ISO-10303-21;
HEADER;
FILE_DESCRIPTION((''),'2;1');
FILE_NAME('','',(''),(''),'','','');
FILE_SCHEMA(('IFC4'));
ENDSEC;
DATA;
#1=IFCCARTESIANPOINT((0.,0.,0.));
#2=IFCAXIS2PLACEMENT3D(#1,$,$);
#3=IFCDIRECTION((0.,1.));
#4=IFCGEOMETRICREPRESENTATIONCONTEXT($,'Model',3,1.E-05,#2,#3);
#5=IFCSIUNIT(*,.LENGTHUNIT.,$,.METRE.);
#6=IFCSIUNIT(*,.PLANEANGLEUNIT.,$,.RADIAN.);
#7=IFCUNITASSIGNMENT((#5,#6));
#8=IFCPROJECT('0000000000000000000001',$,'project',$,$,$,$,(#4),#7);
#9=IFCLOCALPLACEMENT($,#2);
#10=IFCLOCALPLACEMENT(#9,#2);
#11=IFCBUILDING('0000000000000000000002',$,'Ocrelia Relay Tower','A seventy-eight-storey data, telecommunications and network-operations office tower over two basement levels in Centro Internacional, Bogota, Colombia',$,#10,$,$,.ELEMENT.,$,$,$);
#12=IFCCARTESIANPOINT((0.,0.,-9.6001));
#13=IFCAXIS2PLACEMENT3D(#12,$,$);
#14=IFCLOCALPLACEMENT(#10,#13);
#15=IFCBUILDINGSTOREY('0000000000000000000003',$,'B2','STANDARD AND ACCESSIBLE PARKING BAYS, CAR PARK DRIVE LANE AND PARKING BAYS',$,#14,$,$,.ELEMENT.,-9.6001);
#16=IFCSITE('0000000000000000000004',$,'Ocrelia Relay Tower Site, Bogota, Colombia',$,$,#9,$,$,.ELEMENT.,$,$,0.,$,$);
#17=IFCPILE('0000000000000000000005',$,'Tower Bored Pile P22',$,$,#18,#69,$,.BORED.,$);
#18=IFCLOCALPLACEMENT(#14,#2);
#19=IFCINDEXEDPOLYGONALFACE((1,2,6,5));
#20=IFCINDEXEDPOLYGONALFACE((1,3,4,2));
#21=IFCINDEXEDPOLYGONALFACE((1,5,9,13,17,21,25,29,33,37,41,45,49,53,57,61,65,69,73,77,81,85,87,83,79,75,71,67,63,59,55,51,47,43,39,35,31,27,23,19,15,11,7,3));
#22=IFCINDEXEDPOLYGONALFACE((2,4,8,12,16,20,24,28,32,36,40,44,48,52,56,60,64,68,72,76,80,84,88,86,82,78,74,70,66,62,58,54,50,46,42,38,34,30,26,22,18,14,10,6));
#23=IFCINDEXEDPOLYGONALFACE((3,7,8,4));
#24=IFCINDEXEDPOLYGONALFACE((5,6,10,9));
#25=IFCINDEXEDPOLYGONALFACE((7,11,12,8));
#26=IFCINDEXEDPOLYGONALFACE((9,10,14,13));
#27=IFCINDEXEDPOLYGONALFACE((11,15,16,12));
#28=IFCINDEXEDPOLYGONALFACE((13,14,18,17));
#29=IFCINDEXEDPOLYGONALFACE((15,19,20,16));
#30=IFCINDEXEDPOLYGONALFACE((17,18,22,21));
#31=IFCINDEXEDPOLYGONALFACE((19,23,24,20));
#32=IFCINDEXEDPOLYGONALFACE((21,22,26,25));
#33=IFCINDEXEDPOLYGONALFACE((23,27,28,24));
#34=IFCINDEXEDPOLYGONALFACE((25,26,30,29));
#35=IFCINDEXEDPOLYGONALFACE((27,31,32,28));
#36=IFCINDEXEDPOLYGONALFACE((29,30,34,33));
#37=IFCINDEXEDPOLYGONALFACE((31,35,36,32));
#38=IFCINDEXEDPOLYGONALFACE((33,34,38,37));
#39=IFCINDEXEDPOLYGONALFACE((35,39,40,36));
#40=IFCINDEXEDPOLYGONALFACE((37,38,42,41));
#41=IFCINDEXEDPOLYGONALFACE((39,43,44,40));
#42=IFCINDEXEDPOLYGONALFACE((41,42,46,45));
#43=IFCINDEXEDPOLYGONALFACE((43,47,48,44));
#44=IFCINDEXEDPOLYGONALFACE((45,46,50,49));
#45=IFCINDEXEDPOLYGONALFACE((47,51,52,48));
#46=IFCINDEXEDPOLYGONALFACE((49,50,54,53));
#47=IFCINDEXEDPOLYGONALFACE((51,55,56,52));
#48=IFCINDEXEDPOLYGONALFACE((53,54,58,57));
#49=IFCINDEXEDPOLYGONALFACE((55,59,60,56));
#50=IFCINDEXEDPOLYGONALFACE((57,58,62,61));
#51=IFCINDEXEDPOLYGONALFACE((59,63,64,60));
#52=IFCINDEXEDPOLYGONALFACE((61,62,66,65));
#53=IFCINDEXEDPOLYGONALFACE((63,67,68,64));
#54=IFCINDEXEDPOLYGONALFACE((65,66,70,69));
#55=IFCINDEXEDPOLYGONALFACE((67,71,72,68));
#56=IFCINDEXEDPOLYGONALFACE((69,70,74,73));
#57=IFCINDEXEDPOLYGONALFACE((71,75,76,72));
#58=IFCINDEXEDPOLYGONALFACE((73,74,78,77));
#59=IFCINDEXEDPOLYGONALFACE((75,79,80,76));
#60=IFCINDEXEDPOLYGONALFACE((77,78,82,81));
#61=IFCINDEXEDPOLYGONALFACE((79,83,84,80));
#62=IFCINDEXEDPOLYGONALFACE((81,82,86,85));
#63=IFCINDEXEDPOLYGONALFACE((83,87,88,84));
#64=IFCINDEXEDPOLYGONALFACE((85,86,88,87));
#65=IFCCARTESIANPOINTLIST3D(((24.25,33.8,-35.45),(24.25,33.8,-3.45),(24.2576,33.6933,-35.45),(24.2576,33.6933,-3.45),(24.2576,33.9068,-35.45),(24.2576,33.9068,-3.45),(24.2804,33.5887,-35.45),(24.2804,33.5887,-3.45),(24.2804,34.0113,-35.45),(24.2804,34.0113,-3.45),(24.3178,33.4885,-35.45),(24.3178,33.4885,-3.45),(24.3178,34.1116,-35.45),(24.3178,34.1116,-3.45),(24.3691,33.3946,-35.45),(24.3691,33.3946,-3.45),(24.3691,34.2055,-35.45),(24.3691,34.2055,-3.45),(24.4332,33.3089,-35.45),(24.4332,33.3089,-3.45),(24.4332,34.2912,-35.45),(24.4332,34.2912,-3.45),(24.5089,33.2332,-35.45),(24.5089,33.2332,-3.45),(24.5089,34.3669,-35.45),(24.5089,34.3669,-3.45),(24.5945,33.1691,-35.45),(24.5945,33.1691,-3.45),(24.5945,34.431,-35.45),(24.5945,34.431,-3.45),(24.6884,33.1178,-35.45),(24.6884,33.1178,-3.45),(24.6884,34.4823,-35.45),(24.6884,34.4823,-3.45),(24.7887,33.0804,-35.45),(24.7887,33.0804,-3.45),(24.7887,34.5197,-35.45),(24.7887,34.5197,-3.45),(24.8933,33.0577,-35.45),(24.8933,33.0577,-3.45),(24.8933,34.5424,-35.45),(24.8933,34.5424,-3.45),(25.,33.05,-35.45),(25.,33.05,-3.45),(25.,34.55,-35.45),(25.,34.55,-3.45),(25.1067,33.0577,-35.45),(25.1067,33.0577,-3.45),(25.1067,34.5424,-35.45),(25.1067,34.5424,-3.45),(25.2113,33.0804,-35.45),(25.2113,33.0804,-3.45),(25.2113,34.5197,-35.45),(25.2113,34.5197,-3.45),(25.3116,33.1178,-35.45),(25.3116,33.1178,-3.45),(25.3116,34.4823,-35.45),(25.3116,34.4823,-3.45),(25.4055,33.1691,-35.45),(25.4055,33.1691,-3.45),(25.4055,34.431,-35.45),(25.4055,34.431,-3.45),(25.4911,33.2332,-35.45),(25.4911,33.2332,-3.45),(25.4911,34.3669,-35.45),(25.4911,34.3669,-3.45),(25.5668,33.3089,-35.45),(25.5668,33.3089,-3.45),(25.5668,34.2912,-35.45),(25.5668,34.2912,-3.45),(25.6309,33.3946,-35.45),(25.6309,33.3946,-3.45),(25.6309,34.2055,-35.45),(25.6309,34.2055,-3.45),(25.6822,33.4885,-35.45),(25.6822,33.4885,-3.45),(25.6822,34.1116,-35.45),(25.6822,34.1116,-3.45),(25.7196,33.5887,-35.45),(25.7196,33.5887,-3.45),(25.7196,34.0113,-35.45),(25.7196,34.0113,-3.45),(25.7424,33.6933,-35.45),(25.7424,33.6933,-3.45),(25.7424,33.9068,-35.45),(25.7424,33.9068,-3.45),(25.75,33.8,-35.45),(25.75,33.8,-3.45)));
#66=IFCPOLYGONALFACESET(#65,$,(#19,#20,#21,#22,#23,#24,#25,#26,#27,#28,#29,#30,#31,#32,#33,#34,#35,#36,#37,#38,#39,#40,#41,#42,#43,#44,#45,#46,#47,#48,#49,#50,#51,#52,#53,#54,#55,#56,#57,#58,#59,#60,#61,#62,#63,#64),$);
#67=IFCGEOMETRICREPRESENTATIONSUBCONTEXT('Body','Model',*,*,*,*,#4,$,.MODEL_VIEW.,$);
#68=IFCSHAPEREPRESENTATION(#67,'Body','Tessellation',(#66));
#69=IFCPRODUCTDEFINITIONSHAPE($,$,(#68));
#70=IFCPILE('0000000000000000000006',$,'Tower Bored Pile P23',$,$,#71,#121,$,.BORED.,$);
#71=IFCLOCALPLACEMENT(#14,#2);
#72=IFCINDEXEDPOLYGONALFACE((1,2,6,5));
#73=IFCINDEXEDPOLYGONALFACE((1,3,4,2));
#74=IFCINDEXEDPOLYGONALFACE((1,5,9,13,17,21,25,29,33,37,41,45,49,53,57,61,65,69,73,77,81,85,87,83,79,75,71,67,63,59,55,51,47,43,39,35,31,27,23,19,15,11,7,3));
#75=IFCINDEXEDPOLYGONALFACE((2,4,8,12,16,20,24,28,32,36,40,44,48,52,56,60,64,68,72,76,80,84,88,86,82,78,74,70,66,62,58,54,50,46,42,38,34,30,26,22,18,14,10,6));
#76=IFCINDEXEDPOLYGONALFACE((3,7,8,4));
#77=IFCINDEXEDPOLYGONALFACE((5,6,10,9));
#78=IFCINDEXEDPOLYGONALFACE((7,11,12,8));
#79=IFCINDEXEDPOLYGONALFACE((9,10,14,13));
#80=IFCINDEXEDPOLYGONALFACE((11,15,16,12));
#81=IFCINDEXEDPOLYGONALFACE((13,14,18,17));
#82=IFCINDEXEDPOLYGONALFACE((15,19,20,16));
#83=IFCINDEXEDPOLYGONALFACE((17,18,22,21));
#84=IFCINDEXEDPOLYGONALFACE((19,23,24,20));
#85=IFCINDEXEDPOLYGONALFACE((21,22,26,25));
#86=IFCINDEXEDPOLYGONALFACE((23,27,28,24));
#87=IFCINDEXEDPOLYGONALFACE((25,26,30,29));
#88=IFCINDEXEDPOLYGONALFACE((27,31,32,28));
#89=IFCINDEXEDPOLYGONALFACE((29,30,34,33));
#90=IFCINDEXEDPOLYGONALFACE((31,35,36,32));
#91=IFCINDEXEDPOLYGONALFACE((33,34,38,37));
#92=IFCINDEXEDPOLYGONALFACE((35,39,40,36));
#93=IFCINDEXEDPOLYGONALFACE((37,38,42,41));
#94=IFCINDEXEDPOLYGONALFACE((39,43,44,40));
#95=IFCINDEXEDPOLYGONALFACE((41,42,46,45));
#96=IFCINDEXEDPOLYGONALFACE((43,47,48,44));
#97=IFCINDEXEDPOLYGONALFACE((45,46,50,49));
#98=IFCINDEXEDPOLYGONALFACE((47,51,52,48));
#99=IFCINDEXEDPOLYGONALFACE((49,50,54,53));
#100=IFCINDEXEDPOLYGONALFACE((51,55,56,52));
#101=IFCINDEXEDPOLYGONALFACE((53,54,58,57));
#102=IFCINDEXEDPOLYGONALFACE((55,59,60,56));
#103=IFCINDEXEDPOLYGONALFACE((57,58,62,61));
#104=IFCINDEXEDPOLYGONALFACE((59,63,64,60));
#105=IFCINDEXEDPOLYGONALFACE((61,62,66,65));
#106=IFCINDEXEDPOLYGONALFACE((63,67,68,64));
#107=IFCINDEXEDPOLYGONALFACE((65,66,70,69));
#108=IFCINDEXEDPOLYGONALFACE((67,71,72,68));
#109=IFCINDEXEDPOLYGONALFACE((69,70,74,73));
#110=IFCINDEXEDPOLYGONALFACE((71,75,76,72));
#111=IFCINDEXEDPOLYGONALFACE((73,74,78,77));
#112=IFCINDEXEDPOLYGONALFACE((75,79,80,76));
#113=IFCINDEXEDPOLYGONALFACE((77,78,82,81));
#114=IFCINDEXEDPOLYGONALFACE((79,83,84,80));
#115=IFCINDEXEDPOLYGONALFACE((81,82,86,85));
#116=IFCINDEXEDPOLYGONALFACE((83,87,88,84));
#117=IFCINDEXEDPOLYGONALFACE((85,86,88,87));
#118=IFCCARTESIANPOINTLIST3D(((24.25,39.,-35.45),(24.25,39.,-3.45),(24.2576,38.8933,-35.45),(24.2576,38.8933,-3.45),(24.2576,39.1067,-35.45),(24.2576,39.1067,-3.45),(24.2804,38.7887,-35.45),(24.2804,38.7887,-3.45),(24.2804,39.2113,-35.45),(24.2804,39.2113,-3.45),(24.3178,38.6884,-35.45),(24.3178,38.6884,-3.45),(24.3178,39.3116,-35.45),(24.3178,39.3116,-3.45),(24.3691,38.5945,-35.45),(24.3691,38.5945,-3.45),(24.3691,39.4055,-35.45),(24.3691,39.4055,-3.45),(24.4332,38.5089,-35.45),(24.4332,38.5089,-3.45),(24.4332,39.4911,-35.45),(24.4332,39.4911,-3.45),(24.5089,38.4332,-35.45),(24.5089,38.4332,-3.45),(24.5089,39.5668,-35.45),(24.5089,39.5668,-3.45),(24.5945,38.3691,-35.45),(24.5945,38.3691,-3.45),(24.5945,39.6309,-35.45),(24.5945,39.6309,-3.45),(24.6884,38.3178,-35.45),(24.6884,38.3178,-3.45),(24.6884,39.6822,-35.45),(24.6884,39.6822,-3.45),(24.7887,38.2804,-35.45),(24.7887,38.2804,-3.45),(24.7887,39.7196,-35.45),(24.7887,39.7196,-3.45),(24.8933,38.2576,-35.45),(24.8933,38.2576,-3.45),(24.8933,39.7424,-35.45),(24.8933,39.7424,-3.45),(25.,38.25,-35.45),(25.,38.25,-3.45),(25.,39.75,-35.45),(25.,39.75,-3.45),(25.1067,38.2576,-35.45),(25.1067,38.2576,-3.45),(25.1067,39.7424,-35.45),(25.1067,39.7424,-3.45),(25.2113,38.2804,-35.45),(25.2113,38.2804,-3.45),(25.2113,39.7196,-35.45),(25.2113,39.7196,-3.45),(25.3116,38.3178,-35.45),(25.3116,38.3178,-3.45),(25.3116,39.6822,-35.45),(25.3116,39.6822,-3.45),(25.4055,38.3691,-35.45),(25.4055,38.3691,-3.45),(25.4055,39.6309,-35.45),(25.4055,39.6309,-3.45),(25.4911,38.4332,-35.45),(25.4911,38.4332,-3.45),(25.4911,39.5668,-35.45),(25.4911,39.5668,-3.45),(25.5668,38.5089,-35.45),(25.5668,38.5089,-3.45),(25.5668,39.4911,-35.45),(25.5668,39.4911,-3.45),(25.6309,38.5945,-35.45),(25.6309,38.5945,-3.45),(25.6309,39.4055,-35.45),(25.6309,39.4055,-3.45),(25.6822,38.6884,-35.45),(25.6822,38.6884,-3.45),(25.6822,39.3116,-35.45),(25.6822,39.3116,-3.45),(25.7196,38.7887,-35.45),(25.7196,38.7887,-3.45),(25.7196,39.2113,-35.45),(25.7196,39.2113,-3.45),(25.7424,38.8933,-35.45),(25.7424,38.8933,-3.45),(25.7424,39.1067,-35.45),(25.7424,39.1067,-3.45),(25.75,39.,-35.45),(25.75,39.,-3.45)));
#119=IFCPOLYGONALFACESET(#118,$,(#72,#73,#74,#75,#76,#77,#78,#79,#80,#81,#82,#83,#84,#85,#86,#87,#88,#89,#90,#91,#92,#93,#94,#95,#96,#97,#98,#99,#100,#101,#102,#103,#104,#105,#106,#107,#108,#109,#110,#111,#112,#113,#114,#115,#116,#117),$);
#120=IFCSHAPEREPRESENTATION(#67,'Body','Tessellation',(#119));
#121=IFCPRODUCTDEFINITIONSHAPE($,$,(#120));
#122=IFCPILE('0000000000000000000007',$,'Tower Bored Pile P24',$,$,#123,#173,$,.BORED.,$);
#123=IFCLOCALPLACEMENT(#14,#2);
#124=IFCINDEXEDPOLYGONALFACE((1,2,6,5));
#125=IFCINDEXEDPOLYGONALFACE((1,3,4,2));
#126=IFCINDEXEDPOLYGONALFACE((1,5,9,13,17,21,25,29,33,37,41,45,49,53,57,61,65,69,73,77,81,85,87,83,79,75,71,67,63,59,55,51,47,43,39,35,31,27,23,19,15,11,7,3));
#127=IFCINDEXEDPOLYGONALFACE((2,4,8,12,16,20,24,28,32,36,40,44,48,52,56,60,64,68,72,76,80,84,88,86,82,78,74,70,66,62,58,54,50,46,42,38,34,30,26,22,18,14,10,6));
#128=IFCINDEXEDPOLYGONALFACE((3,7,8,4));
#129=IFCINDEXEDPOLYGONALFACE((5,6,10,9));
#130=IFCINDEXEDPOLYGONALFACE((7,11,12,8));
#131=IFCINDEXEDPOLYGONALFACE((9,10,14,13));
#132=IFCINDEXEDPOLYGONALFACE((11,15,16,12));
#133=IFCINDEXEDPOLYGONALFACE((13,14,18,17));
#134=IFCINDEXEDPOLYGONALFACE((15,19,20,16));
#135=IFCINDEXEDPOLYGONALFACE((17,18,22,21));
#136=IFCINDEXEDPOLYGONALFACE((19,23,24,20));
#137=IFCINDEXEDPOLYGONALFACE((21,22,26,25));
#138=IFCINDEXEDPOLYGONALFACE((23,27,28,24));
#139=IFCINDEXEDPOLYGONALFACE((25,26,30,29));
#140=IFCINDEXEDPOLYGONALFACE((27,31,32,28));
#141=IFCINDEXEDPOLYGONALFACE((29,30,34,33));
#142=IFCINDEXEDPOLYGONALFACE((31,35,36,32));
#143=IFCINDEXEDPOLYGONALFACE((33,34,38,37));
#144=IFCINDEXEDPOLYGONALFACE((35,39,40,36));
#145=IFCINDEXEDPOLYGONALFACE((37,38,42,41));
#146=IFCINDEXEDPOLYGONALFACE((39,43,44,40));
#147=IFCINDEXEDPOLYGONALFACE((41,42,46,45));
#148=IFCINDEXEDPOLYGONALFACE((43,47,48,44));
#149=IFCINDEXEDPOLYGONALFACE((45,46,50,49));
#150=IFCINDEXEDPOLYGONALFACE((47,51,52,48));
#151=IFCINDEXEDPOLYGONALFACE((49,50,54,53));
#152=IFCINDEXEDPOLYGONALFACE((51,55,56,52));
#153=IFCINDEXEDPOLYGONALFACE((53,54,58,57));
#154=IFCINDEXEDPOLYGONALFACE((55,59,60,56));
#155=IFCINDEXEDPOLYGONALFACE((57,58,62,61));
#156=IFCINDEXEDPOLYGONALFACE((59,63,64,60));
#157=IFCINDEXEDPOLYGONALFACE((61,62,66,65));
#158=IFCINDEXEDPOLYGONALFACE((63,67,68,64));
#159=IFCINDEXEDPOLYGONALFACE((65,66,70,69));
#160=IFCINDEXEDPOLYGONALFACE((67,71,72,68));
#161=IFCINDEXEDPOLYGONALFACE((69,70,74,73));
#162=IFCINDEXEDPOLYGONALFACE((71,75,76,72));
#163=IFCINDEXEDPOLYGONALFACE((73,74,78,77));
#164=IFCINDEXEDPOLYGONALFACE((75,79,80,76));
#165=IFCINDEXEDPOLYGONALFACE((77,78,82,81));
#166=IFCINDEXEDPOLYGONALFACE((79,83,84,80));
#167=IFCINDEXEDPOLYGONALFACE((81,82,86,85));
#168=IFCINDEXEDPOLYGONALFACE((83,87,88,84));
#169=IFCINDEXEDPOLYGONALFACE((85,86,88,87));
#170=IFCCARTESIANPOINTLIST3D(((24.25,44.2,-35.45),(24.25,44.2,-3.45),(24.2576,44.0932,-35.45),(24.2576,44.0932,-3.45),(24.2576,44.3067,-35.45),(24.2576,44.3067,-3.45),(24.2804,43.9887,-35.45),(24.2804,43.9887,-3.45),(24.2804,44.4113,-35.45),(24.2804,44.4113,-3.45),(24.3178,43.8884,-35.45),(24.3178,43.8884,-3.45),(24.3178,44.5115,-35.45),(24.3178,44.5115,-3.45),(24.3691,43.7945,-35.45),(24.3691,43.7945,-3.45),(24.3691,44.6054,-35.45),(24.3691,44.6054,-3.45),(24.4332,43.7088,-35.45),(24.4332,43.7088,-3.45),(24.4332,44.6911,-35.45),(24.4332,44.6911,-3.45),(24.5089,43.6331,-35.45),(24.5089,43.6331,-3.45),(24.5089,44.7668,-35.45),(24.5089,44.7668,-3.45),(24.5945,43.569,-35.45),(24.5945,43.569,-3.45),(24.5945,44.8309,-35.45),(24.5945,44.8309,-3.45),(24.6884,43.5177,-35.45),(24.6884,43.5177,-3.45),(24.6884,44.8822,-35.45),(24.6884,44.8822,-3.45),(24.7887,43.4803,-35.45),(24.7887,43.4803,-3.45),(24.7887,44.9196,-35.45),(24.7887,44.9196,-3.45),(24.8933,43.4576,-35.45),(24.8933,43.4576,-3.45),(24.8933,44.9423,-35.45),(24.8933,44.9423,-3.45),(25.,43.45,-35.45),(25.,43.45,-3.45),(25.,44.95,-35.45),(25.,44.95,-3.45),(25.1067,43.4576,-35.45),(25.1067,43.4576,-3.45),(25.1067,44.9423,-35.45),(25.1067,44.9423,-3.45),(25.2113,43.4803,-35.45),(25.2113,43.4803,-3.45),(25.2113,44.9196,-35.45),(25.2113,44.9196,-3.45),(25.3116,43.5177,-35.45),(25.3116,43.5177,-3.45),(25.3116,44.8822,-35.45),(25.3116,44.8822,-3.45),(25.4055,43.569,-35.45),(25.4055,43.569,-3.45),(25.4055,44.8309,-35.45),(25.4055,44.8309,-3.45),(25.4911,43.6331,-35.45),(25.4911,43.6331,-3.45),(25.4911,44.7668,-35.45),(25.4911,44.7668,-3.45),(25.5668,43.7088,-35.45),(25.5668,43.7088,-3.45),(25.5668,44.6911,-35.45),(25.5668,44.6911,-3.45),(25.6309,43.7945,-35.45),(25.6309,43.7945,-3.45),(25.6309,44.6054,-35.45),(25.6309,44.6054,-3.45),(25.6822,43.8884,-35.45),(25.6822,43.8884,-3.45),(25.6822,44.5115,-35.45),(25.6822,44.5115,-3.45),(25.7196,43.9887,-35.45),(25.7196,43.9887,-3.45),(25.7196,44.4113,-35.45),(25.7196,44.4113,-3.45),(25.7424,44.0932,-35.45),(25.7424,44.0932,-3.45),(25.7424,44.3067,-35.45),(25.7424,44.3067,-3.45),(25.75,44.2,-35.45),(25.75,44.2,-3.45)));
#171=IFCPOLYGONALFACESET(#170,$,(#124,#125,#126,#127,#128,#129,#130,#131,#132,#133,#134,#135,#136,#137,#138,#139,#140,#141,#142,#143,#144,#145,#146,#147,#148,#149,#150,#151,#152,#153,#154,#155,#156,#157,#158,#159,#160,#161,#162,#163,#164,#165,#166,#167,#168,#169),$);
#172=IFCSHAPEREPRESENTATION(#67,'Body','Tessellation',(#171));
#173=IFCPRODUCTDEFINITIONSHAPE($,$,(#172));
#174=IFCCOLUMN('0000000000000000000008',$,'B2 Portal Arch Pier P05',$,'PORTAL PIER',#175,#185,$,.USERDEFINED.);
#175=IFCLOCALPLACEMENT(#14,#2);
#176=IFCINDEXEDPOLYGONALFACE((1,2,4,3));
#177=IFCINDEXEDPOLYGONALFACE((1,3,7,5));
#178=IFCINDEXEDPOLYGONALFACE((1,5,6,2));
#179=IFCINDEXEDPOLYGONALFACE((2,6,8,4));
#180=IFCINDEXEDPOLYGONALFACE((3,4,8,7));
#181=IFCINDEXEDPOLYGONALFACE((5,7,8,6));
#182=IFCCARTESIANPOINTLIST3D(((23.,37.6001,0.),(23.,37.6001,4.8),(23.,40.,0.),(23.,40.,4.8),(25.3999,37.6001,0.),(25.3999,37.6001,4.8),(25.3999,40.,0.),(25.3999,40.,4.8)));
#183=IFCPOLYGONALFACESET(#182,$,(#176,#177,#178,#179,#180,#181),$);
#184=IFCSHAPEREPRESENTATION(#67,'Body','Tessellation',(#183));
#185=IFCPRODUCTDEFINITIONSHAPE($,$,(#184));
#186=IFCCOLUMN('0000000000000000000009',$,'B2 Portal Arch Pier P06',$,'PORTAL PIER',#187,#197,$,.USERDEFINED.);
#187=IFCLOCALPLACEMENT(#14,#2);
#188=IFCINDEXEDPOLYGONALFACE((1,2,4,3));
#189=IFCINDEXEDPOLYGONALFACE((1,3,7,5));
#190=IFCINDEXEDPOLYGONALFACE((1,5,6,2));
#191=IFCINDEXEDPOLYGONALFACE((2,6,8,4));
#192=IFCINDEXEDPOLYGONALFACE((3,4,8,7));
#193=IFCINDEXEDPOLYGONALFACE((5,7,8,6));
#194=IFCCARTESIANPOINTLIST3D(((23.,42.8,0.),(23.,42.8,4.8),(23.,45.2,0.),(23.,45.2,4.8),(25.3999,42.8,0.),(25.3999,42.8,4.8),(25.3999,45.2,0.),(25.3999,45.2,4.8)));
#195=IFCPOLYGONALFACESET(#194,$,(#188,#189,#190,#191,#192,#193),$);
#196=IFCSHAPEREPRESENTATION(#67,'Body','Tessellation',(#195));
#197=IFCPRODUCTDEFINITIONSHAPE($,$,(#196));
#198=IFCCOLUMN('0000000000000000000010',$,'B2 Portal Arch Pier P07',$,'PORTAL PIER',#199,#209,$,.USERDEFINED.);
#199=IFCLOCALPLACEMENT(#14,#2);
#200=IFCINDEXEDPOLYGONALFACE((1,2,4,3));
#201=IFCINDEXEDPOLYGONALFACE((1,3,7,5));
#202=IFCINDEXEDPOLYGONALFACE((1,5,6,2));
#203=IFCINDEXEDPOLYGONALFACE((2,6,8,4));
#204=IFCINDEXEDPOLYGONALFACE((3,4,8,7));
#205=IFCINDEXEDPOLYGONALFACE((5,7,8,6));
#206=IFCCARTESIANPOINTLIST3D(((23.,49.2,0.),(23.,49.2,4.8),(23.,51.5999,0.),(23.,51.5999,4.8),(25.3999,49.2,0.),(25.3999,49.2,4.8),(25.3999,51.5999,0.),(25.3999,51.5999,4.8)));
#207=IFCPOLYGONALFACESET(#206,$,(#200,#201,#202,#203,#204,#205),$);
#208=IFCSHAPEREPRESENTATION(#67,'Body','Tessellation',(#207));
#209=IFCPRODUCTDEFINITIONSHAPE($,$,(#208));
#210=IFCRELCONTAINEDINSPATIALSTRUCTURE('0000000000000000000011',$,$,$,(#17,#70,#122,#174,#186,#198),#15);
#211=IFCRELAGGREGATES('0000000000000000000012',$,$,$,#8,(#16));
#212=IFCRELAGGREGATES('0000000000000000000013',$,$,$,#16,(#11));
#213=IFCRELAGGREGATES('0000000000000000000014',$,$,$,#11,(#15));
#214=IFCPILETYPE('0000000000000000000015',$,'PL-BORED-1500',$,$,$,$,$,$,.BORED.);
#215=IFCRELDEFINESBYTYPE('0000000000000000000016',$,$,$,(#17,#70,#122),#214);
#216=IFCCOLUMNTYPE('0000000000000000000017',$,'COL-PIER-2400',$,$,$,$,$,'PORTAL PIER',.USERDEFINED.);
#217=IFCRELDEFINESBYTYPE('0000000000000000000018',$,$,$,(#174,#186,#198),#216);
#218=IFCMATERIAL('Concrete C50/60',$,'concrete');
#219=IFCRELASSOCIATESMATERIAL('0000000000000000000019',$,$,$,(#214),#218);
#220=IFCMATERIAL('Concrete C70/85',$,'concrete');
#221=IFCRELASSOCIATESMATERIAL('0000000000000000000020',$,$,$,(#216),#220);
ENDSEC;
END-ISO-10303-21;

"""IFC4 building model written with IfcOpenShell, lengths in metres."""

from ifc_helpers import new_model, si_unit, direction, frame, origin, origin_2d, place, context, subcontext, project, spatial, rectangle, circle, extrude, material, material_profile, profile_set, type_object, element, save


model = new_model("IFC4")

# Units and contexts
model_context = context("Model", 3, precision=1e-05, world=origin(), true_north=direction((0.0, 1.0)))
body_context = subcontext(model_context, "Body", "Model", "MODEL_VIEW")
ifc_project = project(units=[si_unit("LENGTHUNIT", "METRE"), si_unit("PLANEANGLEUNIT", "RADIAN")], contexts=[model_context])

# Site, building, storey
site_placement = place(None, origin())
site = spatial("IfcSite", under=ifc_project, at=site_placement, Name="Ocrelia Relay Tower Site, Bogota, Colombia", CompositionType="ELEMENT", RefElevation=0.0)
building_placement = place(site_placement, origin())
building = spatial("IfcBuilding", under=site, at=building_placement, Name="Ocrelia Relay Tower", Description="A seventy-eight-storey data, telecommunications and network-operations office tower over two basement levels in Centro Internacional, Bogota, Colombia", CompositionType="ELEMENT")
storey_placement = place(building_placement, frame((0.0, 0.0, -9.6001)))
storey = spatial("IfcBuildingStorey", under=building, at=storey_placement, Name="B2", Description="STANDARD AND ACCESSIBLE PARKING BAYS, CAR PARK DRIVE LANE AND PARKING BAYS", CompositionType="ELEMENT", Elevation=-9.6001)

# Piles
ifc_material_1 = material(Name="Concrete C50/60", Category="concrete")
ifc_material_profile_1 = material_profile(ifc_material_1, circle(Radius=0.75, at=origin_2d()), Name="PILE-1500")
ifc_profile_set_1 = profile_set([ifc_material_profile_1], Name="Concrete C50/60")
pile_type = type_object("IfcPileType", Name="PL-BORED-1500", PredefinedType="BORED", material=ifc_profile_set_1)
for number, where, z_axis, x_axis, name in (
    (1, (25.0, 33.8, -3.45), (0.0, 0.0, -1.0), (1.0, 0.0, 0.0), "Tower Bored Pile P22"),
    (2, (25.0, 39.0, -3.45), (0.0, 0.0, -1.0), (1.0, 0.0, 0.0), "Tower Bored Pile P23"),
    (3, (25.0, 44.2, -3.45), (0.0, 0.0, -1.0), (1.0, 0.0, 0.0), "Tower Bored Pile P24"),
):
    element("IfcPile", number, at=place(storey_placement, frame(where, z_axis=z_axis, x_axis=x_axis)), inside=storey, type_object=pile_type, Name=name, PredefinedType="BORED", context=body_context, shape_type="SweptSolid", body=[
        extrude(circle(Radius=0.75, at=origin_2d()), origin(), (0.0, 0.0, 1.0), 32.0),
    ])

# Columns
ifc_material_2 = material(Name="Concrete C70/85", Category="concrete")
ifc_material_profile_2 = material_profile(ifc_material_2, rectangle(XDim=2.3999, YDim=2.3999, at=origin_2d()), Name="RC-PIER-2400x2400")
ifc_profile_set_2 = profile_set([ifc_material_profile_2], Name="Concrete C70/85")
column_type = type_object("IfcColumnType", Name="COL-PIER-2400", ElementType="PORTAL PIER", PredefinedType="USERDEFINED", material=ifc_profile_set_2)
for number, where, z_axis, x_axis, name in (
    (4, (24.2, 38.8, 0.0), (0.0, 0.0, 1.0), (1.0, 0.0, 0.0), "B2 Portal Arch Pier P05"),
    (5, (24.2, 44.0, 0.0), (0.0, 0.0, 1.0), (1.0, 0.0, 0.0), "B2 Portal Arch Pier P06"),
    (6, (24.2, 50.3999, 0.0), (0.0, 0.0, 1.0), (1.0, 0.0, 0.0), "B2 Portal Arch Pier P07"),
):
    element("IfcColumn", number, at=place(storey_placement, frame(where, z_axis=z_axis, x_axis=x_axis)), inside=storey, type_object=column_type, Name=name, ObjectType="PORTAL PIER", PredefinedType="USERDEFINED", context=body_context, shape_type="SweptSolid", body=[
        extrude(rectangle(XDim=2.3999, YDim=2.3999, at=origin_2d()), origin(), (0.0, 0.0, 1.0), 4.8),
    ])

save(model, "model.ifc")
